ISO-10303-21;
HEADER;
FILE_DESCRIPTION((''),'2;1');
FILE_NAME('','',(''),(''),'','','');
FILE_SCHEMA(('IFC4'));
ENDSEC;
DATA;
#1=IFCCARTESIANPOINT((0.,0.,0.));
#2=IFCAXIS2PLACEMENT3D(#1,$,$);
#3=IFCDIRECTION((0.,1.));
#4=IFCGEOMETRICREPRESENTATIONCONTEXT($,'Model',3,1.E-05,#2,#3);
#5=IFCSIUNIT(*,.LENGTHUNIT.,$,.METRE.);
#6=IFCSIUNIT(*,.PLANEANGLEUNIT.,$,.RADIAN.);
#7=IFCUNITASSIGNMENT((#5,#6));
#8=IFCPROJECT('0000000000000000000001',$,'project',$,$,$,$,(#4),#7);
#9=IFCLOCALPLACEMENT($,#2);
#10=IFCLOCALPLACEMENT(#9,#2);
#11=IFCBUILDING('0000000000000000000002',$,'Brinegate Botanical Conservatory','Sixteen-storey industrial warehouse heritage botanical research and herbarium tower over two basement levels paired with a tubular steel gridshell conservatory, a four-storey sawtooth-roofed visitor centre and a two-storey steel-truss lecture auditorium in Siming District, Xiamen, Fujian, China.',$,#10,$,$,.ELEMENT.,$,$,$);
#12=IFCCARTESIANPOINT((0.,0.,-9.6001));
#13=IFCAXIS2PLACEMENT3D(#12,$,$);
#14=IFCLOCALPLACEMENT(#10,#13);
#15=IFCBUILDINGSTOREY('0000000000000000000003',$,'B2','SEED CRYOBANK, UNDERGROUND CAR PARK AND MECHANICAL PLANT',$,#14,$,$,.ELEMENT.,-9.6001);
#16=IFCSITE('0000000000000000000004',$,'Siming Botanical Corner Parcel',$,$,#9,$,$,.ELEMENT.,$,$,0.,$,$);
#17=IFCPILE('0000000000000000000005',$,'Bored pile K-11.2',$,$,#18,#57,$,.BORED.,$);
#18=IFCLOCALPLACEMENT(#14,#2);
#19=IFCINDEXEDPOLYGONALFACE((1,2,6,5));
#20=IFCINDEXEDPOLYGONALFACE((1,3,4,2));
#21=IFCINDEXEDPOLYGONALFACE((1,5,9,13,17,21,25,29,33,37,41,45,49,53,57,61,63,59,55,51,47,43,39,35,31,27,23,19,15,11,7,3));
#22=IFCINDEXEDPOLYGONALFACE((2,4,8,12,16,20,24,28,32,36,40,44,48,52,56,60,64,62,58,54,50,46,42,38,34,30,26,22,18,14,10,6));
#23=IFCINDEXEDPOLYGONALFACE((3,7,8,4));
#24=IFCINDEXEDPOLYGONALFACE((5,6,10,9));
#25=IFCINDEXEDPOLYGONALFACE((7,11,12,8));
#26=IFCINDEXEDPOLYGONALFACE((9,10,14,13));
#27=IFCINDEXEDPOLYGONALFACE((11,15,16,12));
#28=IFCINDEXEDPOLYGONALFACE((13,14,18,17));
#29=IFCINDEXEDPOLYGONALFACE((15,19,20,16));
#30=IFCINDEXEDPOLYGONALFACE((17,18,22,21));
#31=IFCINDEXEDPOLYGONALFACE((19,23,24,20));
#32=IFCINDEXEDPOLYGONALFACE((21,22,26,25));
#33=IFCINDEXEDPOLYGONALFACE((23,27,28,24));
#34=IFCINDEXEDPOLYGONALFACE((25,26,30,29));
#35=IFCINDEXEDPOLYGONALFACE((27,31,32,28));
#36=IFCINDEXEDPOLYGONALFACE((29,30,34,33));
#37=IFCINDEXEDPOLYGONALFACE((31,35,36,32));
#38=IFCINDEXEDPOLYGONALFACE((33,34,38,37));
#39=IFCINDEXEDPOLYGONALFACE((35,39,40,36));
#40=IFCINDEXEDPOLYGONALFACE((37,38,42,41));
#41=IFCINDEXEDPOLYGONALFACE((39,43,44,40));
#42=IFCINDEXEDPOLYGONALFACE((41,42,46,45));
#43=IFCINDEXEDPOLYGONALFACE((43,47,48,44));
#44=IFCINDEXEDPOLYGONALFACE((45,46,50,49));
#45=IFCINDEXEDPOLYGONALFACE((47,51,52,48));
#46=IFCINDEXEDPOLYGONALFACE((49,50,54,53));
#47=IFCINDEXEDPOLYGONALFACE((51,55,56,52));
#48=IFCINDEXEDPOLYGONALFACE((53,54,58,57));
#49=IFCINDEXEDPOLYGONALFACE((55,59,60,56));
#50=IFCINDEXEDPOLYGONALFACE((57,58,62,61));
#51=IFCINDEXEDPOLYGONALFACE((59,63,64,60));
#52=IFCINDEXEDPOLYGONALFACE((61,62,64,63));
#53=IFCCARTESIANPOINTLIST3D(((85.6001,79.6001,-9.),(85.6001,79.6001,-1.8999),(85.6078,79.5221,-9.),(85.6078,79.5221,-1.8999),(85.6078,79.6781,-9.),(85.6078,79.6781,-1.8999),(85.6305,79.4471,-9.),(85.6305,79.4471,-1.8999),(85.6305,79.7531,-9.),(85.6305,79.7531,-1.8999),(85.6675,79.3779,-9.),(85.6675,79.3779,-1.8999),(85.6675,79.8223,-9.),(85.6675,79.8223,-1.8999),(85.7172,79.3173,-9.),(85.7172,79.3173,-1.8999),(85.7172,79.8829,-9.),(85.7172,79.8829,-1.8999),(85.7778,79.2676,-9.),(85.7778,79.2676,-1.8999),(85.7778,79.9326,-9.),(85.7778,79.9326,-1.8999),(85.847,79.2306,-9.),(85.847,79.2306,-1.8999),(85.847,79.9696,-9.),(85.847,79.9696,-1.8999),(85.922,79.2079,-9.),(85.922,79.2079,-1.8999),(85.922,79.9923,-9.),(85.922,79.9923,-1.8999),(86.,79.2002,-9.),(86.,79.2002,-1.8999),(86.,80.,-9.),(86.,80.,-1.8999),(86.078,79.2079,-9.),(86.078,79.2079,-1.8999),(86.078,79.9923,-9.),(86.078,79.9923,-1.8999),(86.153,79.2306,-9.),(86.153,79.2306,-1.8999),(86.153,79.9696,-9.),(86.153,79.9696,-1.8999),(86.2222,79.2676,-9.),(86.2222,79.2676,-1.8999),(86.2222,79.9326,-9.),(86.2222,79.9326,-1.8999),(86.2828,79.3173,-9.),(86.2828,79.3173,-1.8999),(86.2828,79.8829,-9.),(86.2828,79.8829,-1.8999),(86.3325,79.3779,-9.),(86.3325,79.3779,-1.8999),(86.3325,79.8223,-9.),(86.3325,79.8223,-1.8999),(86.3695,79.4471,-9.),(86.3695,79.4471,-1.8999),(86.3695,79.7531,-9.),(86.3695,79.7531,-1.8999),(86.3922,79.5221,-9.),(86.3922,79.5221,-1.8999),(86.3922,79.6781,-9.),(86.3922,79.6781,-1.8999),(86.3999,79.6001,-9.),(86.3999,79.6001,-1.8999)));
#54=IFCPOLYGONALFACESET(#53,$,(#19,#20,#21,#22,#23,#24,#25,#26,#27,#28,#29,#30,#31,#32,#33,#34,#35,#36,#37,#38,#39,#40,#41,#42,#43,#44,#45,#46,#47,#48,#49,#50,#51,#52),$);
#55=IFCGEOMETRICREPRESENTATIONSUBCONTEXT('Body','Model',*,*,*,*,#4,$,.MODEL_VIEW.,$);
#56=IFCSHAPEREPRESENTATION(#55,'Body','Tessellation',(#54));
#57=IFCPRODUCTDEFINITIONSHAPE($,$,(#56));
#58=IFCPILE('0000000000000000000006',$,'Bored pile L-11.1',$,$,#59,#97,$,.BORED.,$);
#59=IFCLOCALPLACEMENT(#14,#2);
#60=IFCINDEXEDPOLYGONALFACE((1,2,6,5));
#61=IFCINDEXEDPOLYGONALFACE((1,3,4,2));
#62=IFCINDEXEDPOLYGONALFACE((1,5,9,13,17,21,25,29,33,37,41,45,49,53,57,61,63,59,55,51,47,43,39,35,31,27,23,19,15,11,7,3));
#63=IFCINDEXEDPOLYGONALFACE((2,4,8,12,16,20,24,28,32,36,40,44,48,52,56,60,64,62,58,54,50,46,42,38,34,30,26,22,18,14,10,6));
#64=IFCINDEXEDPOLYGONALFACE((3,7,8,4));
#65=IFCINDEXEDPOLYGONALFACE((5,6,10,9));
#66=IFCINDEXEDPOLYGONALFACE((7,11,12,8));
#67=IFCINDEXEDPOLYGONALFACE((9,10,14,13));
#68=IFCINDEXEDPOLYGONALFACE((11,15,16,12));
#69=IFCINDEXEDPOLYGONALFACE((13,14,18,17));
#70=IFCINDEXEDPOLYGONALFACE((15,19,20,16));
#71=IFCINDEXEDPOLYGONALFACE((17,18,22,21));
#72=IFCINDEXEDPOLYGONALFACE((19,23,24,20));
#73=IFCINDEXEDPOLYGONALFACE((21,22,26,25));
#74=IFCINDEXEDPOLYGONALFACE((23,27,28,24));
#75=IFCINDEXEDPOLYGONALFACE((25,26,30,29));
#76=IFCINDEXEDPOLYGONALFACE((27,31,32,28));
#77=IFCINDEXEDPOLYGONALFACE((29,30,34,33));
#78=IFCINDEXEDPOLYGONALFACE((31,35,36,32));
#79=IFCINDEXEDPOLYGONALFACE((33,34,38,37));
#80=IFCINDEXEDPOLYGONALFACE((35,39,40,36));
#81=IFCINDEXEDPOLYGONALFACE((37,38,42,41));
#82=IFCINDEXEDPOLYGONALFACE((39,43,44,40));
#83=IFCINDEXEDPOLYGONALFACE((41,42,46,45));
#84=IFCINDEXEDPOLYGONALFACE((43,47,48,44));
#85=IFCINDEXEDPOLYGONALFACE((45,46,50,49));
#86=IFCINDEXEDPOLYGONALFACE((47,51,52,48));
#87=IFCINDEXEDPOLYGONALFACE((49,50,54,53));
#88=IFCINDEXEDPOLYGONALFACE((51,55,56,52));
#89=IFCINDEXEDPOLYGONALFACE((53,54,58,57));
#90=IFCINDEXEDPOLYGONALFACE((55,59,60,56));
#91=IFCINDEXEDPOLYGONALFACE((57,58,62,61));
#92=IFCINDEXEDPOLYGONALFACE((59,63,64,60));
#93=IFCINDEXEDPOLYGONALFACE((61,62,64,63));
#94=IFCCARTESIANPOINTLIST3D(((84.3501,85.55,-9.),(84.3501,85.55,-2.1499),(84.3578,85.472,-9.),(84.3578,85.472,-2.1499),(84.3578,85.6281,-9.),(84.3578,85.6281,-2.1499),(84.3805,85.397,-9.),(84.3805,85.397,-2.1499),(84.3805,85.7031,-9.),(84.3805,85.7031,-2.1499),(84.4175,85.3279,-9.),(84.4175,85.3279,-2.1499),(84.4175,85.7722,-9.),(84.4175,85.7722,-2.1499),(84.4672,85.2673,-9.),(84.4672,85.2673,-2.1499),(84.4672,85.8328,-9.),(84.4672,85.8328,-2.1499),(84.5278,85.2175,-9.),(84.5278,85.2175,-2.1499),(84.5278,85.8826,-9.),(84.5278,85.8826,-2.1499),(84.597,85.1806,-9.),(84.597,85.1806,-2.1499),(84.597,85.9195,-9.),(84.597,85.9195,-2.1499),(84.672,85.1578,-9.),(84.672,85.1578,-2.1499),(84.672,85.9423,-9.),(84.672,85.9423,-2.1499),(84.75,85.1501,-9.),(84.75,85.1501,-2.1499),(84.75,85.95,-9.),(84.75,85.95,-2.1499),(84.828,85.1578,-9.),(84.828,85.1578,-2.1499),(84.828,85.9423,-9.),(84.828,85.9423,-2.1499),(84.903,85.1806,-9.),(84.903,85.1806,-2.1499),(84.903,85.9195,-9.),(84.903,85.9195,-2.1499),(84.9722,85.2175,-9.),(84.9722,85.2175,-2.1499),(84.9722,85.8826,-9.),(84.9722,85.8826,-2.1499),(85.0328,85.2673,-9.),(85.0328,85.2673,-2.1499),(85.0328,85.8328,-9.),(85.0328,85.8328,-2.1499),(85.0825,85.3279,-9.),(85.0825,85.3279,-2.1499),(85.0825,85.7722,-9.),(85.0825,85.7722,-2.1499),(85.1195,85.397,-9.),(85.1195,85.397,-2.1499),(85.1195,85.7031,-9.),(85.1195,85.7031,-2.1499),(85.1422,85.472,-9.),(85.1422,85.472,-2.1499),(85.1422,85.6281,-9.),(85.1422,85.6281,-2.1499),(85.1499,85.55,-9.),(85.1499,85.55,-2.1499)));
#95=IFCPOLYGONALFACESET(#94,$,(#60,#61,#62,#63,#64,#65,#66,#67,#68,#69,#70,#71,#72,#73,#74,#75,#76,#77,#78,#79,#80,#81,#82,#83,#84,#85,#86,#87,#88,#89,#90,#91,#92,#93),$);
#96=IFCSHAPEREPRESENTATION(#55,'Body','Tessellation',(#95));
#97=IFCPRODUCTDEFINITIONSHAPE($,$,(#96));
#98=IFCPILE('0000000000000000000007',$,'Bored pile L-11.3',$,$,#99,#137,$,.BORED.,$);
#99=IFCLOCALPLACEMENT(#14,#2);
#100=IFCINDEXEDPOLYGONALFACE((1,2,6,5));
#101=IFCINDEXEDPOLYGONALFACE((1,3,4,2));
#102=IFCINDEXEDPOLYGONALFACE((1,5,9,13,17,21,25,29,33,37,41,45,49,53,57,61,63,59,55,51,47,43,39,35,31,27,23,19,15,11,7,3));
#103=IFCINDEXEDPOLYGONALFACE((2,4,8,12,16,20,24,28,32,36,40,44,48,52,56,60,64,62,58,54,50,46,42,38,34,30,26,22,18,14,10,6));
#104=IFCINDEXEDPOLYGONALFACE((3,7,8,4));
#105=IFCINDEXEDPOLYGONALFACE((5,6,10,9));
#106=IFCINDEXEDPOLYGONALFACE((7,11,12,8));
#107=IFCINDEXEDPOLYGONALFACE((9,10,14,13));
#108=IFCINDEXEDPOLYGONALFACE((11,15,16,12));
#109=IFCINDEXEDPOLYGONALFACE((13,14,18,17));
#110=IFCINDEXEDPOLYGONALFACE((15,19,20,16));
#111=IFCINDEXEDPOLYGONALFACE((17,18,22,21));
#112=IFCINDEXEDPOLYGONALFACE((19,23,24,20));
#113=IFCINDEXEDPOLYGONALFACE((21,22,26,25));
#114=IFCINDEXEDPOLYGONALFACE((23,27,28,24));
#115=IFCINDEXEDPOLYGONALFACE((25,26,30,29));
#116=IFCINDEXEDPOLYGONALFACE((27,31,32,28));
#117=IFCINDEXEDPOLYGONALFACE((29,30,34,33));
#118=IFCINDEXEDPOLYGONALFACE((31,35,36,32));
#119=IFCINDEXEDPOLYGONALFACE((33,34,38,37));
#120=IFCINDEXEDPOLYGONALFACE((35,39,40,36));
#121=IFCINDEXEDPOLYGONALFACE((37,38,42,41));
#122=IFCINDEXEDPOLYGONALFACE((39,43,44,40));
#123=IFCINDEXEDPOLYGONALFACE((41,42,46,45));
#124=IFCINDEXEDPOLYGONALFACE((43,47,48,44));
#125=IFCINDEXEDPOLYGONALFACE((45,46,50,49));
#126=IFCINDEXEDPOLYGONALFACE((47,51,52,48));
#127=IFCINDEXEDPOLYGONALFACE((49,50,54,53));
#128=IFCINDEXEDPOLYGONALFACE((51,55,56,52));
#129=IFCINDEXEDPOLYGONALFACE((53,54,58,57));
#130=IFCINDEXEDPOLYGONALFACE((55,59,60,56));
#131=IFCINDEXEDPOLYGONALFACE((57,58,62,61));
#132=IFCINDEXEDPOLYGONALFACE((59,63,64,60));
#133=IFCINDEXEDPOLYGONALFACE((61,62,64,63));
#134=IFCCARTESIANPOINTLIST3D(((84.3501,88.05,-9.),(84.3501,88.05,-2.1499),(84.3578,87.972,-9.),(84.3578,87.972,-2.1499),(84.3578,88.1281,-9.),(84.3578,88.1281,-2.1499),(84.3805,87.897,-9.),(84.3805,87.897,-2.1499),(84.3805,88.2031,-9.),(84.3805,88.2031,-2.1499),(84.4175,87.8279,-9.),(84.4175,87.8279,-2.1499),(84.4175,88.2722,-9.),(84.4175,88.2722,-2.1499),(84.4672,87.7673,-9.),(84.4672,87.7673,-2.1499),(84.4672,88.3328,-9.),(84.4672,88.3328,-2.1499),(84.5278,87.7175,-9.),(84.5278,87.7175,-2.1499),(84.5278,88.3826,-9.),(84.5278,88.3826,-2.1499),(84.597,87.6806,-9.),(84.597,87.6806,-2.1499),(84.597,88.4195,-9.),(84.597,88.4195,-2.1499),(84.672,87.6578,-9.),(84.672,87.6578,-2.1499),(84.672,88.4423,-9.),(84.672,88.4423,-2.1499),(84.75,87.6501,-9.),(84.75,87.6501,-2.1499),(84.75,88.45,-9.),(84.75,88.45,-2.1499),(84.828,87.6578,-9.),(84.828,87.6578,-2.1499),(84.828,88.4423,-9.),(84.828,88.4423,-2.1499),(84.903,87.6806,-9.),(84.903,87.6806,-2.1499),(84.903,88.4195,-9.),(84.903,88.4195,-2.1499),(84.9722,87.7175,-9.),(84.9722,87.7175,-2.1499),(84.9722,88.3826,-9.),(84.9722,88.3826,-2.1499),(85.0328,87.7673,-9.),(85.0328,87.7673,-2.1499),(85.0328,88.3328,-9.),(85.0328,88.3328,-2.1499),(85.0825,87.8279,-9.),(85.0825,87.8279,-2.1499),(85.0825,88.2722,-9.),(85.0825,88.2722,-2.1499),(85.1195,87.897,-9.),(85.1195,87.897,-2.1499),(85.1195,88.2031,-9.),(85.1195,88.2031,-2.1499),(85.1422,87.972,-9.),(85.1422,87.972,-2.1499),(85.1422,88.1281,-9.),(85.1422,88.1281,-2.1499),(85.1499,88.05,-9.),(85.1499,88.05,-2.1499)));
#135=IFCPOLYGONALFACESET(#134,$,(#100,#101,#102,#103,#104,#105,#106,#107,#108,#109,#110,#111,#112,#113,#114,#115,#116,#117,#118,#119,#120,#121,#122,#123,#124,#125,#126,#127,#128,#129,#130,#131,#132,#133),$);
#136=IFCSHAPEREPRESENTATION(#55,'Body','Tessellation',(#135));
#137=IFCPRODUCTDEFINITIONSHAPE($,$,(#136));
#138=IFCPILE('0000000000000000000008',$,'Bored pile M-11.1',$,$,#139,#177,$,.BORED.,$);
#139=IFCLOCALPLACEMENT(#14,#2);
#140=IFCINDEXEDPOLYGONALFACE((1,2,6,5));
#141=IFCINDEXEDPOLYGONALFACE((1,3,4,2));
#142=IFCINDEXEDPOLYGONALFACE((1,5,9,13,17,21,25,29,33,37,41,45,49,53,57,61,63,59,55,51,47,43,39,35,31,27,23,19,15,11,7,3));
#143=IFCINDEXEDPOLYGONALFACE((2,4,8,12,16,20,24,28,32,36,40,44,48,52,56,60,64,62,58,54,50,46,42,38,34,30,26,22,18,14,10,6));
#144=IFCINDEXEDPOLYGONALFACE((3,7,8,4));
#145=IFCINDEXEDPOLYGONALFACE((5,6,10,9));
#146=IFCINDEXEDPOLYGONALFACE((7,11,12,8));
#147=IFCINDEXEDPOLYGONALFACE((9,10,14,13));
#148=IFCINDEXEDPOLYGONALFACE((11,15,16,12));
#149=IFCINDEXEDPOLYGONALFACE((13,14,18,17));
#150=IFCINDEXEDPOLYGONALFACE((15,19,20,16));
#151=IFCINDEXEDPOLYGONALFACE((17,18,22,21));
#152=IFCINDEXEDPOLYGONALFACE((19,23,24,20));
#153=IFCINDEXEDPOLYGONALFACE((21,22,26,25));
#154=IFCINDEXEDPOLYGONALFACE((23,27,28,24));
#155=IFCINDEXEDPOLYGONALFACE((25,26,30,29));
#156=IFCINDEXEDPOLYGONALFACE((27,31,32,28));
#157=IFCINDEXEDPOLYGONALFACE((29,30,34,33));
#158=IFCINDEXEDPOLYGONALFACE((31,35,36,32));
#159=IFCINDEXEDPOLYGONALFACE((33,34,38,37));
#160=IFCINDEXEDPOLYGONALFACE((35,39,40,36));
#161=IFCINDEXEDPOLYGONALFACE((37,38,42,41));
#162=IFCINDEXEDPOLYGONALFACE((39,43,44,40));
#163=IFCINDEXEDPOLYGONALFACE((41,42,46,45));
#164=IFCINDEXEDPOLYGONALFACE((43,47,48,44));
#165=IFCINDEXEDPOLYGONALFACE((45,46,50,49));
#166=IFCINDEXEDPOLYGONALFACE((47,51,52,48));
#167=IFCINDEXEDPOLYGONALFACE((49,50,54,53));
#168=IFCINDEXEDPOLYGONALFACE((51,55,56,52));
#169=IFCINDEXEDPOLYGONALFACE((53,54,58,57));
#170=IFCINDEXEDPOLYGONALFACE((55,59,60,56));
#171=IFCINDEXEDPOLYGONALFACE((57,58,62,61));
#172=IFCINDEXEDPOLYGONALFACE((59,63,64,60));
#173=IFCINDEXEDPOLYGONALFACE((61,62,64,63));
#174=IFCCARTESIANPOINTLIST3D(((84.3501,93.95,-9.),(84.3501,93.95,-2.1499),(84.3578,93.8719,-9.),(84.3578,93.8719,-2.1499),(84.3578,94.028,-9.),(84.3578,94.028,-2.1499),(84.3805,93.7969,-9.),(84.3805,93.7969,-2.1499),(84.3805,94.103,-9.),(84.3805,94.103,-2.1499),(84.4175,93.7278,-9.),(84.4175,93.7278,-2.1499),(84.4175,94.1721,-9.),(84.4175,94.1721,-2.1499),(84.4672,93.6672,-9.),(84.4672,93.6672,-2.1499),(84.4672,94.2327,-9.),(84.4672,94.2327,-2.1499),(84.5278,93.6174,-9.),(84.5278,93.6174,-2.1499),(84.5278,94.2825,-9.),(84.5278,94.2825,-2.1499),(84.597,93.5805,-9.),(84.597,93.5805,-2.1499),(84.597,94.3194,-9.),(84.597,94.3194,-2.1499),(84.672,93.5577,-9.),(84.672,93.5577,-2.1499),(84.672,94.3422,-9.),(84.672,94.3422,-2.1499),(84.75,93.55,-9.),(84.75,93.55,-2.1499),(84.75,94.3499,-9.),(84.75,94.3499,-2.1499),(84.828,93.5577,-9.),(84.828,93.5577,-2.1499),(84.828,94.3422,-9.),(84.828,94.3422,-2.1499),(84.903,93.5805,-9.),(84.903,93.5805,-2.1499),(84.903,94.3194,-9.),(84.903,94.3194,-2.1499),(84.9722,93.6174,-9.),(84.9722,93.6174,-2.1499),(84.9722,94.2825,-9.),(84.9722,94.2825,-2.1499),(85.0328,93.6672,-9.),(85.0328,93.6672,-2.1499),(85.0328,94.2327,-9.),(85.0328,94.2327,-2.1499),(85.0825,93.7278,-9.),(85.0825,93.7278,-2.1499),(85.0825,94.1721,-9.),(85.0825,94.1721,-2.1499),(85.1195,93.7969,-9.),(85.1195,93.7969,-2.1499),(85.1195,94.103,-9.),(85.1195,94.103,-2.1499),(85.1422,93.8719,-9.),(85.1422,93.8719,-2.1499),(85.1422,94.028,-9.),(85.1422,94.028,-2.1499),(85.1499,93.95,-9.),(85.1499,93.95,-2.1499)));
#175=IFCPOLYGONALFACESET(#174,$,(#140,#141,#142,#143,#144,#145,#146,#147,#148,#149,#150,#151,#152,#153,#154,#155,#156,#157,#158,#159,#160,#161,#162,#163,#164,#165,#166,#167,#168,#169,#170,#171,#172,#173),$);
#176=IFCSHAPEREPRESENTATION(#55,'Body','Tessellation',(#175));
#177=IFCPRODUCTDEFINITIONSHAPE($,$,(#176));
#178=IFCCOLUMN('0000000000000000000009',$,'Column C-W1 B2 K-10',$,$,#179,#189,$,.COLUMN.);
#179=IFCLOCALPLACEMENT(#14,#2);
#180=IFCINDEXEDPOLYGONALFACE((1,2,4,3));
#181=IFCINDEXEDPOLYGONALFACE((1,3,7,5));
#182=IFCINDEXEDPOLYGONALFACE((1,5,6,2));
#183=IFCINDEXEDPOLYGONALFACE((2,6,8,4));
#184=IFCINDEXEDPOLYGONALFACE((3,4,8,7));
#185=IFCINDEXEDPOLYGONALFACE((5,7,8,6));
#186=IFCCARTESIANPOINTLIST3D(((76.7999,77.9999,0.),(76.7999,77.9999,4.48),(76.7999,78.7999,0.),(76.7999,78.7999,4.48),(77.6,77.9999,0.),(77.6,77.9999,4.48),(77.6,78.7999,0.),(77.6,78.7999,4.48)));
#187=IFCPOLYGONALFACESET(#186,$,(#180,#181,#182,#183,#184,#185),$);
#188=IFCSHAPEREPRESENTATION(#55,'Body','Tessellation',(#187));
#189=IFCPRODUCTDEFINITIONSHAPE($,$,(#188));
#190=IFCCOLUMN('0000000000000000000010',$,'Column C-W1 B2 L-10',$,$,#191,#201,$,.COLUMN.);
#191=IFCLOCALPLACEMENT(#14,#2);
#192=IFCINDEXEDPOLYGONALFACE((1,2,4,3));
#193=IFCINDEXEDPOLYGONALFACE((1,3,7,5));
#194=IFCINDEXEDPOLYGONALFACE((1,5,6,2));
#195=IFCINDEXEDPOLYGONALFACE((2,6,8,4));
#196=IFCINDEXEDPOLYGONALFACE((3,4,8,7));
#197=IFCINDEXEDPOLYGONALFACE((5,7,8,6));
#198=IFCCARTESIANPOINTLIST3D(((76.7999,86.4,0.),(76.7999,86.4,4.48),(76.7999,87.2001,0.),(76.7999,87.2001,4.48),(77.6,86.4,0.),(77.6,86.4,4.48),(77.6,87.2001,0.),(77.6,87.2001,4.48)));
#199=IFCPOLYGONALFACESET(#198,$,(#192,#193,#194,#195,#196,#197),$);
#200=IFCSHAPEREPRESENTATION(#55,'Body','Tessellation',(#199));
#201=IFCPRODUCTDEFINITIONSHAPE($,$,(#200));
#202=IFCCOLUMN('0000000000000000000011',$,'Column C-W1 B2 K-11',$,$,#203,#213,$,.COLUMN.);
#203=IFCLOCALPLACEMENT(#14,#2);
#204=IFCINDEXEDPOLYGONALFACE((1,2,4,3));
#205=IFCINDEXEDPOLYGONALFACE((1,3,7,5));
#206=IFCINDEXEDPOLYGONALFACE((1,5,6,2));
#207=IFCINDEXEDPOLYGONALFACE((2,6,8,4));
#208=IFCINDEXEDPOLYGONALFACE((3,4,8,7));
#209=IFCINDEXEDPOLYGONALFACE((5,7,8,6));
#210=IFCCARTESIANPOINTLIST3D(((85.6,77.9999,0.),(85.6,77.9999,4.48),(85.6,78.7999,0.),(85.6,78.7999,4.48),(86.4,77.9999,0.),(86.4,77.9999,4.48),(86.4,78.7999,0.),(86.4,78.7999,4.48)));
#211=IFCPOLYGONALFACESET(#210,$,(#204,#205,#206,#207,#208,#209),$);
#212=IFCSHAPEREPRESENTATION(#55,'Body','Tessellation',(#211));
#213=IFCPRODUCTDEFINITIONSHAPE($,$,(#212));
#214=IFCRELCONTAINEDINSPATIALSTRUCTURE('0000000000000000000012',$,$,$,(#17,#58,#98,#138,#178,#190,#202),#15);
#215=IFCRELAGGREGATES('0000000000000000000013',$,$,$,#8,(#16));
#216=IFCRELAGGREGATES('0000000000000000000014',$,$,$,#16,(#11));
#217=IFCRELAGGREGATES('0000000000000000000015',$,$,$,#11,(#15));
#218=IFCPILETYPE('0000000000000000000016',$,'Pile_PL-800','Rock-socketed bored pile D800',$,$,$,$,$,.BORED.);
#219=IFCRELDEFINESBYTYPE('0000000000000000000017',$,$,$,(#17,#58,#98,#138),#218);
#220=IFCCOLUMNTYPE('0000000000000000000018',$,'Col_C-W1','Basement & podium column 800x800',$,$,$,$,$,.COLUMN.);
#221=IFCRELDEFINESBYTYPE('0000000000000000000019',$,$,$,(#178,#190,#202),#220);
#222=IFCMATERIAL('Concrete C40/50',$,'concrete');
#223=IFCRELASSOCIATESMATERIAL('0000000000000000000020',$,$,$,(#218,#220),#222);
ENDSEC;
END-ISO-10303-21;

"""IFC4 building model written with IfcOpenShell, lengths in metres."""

from ifc_helpers import new_model, si_unit, direction, frame, origin, origin_2d, place, context, subcontext, project, spatial, rectangle, circle, extrude, material, material_profile, profile_set, type_object, element, save


model = new_model("IFC4")

# Units and contexts
model_context = context("Model", 3, precision=1e-05, world=origin(), true_north=direction((0.0, 1.0)))
body_context = subcontext(model_context, "Body", "Model", "MODEL_VIEW")
ifc_project = project(units=[si_unit("LENGTHUNIT", "METRE"), si_unit("PLANEANGLEUNIT", "RADIAN")], contexts=[model_context])

# Site, building, storey
site_placement = place(None, origin())
site = spatial("IfcSite", under=ifc_project, at=site_placement, Name="Siming Botanical Corner Parcel", CompositionType="ELEMENT", RefElevation=0.0)
building_placement = place(site_placement, origin())
building = spatial("IfcBuilding", under=site, at=building_placement, Name="Brinegate Botanical Conservatory", Description="Sixteen-storey industrial warehouse heritage botanical research and herbarium tower over two basement levels paired with a tubular steel gridshell conservatory, a four-storey sawtooth-roofed visitor centre and a two-storey steel-truss lecture auditorium in Siming District, Xiamen, Fujian, China.", CompositionType="ELEMENT")
storey_placement = place(building_placement, frame((0.0, 0.0, -9.6001)))
storey = spatial("IfcBuildingStorey", under=building, at=storey_placement, Name="B2", Description="SEED CRYOBANK, UNDERGROUND CAR PARK AND MECHANICAL PLANT", CompositionType="ELEMENT", Elevation=-9.6001)

# Shared definitions
ifc_material = material(Name="Concrete C40/50", Category="concrete")

# Piles
ifc_material_profile_1 = material_profile(ifc_material, circle(Radius=0.3999, at=origin_2d()), Name="PILE D800")
ifc_profile_set_1 = profile_set([ifc_material_profile_1], Name="Concrete C40/50")
pile_type = type_object("IfcPileType", Name="Pile_PL-800", Description="Rock-socketed bored pile D800", PredefinedType="BORED", material=ifc_profile_set_1)
for number, where, z_axis, x_axis, name in (
    (1, (86.0, 79.6001, -1.8999), (0.0, 0.0, -1.0), (1.0, 0.0, 0.0), "Bored pile K-11.2"),
):
    element("IfcPile", number, at=place(storey_placement, frame(where, z_axis=z_axis, x_axis=x_axis)), inside=storey, type_object=pile_type, Name=name, PredefinedType="BORED", context=body_context, shape_type="SweptSolid", body=[
        extrude(circle(Radius=0.3999, at=origin_2d()), origin(), (0.0, 0.0, 1.0), 7.1001),
    ])
for number, where, z_axis, x_axis, name in (
    (2, (84.75, 85.55, -2.1499), (0.0, 0.0, -1.0), (1.0, 0.0, 0.0), "Bored pile L-11.1"),
    (3, (84.75, 88.05, -2.1499), (0.0, 0.0, -1.0), (1.0, 0.0, 0.0), "Bored pile L-11.3"),
    (4, (84.75, 93.95, -2.1499), (0.0, 0.0, -1.0), (1.0, 0.0, 0.0), "Bored pile M-11.1"),
):
    element("IfcPile", number, at=place(storey_placement, frame(where, z_axis=z_axis, x_axis=x_axis)), inside=storey, type_object=pile_type, Name=name, PredefinedType="BORED", context=body_context, shape_type="SweptSolid", body=[
        extrude(circle(Radius=0.3999, at=origin_2d()), origin(), (0.0, 0.0, 1.0), 6.8501),
    ])

# Columns
ifc_material_profile_2 = material_profile(ifc_material, rectangle(XDim=0.8, YDim=0.8, at=origin_2d()), Name="RC COL 800x800")
ifc_profile_set_2 = profile_set([ifc_material_profile_2], Name="Concrete C40/50")
column_type = type_object("IfcColumnType", Name="Col_C-W1", Description="Basement & podium column 800x800", PredefinedType="COLUMN", material=ifc_profile_set_2)
for number, where, z_axis, x_axis, name in (
    (5, (77.2, 78.3999, 0.0), (0.0, 0.0, 1.0), (1.0, 0.0, 0.0), "Column C-W1 B2 K-10"),
    (6, (77.2, 86.8, 0.0), (0.0, 0.0, 1.0), (1.0, 0.0, 0.0), "Column C-W1 B2 L-10"),
    (7, (86.0, 78.3999, 0.0), (0.0, 0.0, 1.0), (1.0, 0.0, 0.0), "Column C-W1 B2 K-11"),
):
    element("IfcColumn", number, at=place(storey_placement, frame(where, z_axis=z_axis, x_axis=x_axis)), inside=storey, type_object=column_type, Name=name, PredefinedType="COLUMN", context=body_context, shape_type="SweptSolid", body=[
        extrude(rectangle(XDim=0.8, YDim=0.8, at=origin_2d()), origin(), (0.0, 0.0, 1.0), 4.48),
    ])

save(model, "model.ifc")
